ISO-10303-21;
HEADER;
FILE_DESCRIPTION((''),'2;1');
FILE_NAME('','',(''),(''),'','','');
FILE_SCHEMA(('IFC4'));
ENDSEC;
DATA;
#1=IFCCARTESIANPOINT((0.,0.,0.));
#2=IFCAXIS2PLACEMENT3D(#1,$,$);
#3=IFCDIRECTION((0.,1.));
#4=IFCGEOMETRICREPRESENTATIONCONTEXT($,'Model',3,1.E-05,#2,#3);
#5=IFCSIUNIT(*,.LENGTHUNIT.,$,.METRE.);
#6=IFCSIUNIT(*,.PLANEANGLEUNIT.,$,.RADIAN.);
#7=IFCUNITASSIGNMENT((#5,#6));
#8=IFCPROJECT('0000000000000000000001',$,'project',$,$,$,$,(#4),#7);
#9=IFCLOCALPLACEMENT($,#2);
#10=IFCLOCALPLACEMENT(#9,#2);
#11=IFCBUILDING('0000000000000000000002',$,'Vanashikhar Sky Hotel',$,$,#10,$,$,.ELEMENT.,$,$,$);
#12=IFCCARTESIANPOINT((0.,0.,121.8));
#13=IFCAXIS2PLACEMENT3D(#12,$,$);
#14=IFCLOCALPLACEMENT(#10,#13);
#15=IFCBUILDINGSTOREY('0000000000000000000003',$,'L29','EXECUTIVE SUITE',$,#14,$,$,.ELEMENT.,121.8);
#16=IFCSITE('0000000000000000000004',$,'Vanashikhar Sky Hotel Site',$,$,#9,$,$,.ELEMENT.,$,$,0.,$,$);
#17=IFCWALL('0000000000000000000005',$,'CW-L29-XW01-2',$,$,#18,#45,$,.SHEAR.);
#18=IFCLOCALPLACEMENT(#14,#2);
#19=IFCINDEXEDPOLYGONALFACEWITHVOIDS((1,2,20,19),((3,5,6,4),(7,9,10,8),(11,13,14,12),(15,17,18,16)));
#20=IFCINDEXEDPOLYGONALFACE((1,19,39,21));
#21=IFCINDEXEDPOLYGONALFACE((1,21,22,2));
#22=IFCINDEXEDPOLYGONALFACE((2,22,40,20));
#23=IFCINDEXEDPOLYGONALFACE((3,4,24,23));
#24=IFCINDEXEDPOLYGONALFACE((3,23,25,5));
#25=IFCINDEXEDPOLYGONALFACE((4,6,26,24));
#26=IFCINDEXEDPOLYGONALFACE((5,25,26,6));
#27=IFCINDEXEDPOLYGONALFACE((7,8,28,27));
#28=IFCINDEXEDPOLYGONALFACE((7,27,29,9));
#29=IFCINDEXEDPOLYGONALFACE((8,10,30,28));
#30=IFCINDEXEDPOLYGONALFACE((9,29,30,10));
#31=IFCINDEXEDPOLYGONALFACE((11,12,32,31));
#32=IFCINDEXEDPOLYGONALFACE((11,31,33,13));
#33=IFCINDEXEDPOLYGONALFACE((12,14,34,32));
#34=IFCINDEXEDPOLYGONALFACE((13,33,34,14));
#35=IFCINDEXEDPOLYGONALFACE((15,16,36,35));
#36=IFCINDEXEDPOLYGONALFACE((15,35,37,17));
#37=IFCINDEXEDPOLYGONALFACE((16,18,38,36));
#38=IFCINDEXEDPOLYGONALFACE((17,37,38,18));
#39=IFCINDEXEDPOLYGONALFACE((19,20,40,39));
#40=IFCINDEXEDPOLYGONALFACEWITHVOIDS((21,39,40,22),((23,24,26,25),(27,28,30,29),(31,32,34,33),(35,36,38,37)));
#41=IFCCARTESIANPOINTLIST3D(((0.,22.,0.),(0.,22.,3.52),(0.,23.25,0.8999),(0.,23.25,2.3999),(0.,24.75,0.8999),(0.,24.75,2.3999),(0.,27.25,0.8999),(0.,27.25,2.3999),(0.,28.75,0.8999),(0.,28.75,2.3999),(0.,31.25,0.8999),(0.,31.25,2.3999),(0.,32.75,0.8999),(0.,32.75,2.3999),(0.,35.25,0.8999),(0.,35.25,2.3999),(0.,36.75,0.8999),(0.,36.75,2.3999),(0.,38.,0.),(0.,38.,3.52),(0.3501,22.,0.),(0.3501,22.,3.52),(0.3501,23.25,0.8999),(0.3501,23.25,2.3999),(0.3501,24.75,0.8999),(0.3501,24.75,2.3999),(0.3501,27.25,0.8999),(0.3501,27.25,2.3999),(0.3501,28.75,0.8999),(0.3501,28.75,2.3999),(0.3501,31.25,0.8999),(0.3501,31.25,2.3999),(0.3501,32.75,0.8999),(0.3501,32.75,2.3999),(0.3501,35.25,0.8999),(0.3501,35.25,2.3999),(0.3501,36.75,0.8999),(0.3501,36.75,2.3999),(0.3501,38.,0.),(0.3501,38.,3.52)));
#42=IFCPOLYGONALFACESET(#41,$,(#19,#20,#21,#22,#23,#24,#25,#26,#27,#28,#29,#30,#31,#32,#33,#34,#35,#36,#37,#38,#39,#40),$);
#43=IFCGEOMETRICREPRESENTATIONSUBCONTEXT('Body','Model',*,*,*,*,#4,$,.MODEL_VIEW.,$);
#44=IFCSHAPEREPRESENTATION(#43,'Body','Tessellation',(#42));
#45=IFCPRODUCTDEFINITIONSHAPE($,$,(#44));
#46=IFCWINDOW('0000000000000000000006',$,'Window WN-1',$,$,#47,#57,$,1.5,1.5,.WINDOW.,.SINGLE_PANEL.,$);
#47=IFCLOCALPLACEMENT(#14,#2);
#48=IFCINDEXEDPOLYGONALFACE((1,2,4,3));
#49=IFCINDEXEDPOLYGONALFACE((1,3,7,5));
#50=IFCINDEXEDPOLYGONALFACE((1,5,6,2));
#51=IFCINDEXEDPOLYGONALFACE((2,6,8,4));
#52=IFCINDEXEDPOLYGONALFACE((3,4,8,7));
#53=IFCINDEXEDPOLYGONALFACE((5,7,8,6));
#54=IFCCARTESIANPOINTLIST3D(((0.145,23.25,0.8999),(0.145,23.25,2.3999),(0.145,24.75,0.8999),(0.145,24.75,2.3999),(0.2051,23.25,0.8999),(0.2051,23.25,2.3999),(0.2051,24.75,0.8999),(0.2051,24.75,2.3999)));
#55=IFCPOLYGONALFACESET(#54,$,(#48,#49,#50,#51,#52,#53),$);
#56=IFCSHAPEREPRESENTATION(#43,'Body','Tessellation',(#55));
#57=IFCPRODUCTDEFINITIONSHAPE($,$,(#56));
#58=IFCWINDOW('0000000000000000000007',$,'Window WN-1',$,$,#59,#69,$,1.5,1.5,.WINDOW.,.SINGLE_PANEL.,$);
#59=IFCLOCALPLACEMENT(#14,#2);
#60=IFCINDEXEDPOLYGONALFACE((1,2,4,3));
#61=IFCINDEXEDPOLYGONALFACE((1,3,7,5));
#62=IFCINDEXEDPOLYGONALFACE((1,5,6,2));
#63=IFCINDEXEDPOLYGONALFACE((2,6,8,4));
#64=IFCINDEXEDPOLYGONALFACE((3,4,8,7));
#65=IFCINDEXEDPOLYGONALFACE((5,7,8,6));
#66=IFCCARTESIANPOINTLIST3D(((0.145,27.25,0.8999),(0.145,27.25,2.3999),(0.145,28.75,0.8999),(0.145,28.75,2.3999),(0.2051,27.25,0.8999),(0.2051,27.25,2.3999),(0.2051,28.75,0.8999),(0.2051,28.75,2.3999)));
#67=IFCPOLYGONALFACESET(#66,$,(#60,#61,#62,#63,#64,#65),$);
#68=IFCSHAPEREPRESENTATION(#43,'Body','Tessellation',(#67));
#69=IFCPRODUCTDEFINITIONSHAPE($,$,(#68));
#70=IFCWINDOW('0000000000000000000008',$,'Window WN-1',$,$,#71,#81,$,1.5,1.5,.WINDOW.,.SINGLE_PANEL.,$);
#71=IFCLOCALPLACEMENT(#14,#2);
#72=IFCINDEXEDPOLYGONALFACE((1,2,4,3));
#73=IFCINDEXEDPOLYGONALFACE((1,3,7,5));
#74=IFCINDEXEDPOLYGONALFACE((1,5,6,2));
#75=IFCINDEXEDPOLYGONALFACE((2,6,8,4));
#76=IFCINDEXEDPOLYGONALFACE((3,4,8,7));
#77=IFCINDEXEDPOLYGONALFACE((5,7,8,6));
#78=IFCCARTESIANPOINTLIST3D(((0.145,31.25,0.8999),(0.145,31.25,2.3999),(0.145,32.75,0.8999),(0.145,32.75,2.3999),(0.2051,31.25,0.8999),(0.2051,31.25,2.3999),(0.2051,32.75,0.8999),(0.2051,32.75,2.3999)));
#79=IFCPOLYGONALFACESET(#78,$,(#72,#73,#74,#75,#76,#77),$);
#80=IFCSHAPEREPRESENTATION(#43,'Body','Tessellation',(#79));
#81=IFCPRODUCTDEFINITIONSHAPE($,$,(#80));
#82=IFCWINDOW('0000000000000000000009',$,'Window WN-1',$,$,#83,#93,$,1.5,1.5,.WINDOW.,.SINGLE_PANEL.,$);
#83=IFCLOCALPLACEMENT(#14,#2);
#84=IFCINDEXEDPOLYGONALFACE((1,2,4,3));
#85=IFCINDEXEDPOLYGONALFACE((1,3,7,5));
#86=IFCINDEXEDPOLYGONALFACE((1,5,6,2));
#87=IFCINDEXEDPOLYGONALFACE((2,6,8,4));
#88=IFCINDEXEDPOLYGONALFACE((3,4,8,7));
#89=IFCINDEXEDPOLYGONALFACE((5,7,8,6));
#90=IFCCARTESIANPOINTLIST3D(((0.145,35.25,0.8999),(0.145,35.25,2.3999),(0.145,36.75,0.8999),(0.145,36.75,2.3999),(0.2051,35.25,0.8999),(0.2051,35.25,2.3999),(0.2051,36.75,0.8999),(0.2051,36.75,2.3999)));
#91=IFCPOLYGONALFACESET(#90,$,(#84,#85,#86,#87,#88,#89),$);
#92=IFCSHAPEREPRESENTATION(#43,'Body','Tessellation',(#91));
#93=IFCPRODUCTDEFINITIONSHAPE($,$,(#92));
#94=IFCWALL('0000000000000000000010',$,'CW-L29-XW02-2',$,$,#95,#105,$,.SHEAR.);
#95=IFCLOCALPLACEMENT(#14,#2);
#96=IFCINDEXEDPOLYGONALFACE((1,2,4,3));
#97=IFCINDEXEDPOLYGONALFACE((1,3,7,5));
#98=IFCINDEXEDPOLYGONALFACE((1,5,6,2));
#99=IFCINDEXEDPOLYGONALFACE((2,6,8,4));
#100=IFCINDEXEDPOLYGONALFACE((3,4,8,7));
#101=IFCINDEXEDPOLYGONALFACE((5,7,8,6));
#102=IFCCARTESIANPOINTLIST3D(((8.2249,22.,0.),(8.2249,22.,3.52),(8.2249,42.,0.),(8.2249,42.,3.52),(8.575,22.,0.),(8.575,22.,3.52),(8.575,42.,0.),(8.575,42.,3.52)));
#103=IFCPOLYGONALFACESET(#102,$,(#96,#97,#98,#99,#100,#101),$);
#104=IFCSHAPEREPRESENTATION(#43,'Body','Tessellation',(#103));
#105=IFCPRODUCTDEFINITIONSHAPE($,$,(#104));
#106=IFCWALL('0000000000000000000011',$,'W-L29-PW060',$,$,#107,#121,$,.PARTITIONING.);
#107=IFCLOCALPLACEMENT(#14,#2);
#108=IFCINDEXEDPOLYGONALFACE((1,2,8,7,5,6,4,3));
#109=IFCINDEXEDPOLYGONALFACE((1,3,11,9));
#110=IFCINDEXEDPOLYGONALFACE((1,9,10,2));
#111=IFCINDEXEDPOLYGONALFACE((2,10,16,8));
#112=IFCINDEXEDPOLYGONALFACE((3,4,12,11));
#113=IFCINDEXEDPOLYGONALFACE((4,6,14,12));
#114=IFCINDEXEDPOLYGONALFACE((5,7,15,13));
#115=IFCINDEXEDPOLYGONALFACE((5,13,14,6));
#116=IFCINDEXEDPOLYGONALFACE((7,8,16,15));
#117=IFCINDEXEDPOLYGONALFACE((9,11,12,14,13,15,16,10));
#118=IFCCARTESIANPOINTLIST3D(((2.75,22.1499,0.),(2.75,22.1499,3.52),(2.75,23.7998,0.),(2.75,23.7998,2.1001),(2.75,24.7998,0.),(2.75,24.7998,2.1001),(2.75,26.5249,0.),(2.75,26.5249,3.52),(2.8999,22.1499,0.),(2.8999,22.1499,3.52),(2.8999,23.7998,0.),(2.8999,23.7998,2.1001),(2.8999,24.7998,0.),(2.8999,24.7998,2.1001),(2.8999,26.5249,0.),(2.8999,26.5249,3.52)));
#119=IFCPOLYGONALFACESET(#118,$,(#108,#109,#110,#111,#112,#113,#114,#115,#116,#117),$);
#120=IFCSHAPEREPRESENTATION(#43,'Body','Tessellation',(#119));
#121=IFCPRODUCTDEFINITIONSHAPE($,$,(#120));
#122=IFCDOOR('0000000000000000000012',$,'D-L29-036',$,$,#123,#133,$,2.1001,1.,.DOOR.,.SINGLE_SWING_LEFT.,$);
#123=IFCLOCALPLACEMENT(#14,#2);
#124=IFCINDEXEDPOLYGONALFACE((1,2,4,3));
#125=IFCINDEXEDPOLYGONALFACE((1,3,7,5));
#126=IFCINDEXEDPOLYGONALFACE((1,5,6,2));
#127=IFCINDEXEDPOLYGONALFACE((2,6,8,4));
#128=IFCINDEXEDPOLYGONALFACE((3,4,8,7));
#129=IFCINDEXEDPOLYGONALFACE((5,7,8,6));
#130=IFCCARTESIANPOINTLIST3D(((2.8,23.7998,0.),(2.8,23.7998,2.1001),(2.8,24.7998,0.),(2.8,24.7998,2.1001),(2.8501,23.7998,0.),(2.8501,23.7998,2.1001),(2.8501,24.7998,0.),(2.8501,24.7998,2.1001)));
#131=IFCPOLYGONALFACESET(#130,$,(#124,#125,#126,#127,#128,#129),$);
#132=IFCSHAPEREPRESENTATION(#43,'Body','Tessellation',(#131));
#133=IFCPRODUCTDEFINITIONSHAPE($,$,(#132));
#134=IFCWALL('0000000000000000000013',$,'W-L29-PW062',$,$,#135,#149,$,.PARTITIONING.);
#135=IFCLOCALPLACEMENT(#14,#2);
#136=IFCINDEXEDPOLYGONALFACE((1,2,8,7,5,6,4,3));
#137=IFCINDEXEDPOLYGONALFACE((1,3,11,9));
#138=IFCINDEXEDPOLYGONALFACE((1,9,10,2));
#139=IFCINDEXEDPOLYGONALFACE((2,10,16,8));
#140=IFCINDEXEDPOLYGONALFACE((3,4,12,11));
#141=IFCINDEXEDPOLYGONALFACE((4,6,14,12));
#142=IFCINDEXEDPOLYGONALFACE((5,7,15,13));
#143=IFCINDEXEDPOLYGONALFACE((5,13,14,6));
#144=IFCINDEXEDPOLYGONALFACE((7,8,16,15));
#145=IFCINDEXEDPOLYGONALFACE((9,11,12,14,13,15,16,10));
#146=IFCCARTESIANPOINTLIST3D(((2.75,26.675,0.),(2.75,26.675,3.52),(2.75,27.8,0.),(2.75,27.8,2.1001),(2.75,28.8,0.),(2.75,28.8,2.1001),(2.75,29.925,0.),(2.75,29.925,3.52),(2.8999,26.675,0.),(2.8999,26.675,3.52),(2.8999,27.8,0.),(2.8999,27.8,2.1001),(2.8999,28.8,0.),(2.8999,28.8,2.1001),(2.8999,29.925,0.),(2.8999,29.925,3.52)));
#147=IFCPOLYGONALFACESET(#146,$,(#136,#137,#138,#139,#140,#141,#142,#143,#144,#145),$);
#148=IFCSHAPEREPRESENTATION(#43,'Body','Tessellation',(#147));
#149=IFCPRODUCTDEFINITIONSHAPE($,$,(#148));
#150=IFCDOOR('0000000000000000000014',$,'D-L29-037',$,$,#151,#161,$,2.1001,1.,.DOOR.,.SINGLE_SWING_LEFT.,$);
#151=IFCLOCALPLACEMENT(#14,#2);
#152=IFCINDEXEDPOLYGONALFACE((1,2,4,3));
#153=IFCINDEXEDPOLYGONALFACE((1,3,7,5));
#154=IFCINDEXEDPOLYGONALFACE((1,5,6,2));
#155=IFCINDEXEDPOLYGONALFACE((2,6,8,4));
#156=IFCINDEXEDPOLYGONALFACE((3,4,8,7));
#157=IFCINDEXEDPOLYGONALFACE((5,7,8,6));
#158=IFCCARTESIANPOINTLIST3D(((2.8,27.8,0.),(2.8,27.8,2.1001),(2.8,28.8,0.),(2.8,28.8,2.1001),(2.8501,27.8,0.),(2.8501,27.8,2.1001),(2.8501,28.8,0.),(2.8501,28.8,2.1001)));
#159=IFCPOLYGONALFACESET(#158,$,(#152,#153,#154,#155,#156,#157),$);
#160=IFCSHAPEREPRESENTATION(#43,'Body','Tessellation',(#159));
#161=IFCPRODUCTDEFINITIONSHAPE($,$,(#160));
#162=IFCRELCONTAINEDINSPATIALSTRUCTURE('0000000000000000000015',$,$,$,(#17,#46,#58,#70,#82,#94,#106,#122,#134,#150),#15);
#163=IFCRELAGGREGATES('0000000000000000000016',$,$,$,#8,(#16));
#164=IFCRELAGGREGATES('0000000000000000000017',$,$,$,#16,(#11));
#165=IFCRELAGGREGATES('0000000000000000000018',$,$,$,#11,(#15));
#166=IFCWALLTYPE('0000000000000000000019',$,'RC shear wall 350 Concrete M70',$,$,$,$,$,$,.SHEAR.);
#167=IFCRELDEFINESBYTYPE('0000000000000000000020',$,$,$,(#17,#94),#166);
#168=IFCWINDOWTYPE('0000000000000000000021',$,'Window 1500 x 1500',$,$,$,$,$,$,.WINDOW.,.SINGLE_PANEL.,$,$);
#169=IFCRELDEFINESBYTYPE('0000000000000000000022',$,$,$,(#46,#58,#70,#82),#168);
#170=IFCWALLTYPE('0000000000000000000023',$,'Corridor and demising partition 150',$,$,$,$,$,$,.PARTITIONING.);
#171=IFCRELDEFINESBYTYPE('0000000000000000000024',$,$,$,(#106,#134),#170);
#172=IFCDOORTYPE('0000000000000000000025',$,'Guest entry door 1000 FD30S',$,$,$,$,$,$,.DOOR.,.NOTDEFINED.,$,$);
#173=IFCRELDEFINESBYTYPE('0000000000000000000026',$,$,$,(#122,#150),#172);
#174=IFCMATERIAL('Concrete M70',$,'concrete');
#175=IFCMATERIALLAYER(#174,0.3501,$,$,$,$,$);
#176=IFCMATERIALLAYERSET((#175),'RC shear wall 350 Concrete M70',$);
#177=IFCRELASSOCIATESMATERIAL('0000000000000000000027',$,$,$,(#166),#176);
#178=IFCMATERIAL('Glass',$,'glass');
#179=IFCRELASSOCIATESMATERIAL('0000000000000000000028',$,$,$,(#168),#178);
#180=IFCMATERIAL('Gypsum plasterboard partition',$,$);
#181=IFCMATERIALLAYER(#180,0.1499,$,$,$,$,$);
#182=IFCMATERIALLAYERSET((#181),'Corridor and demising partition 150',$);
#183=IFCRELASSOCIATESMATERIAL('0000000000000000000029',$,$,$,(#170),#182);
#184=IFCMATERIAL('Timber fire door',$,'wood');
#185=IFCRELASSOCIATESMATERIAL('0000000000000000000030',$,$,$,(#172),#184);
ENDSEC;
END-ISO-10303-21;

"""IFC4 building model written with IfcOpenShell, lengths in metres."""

from ifc_helpers import new_model, si_unit, direction, frame, frame_2d, origin, place, context, subcontext, project, spatial, rectangle, extrude, source, transform, mapped, material, layer, layer_set, type_object, element, fill, save


model = new_model("IFC4")

# Units and contexts
model_context = context("Model", 3, precision=1e-05, world=origin(), true_north=direction((0.0, 1.0)))
body_context = subcontext(model_context, "Body", "Model", "MODEL_VIEW")
ifc_project = project(units=[si_unit("LENGTHUNIT", "METRE"), si_unit("PLANEANGLEUNIT", "RADIAN")], contexts=[model_context])

# Site, building, storey
site_placement = place(None, origin())
site = spatial("IfcSite", under=ifc_project, at=site_placement, Name="Vanashikhar Sky Hotel Site", CompositionType="ELEMENT", RefElevation=0.0)
building_placement = place(site_placement, origin())
building = spatial("IfcBuilding", under=site, at=building_placement, Name="Vanashikhar Sky Hotel", CompositionType="ELEMENT")
storey_placement = place(building_placement, frame((0.0, 0.0, 121.8)))
storey = spatial("IfcBuildingStorey", under=building, at=storey_placement, Name="L29", Description="EXECUTIVE SUITE", CompositionType="ELEMENT", Elevation=121.8)

# Wall, openings, windows
ifc_material_1 = material(Name="Concrete M70", Category="concrete")
ifc_layer_1 = layer(ifc_material_1, 0.3501)
ifc_layer_set_1 = layer_set([ifc_layer_1], Name="RC shear wall 350 Concrete M70")
wall_type_1 = type_object("IfcWallType", Name="RC shear wall 350 Concrete M70", PredefinedType="SHEAR", material=ifc_layer_set_1)
shared_shape_1 = source(origin(), body_context, "Body", "SweptSolid", [
    extrude(rectangle(XDim=16.0, YDim=0.3501, at=frame_2d((8.0, 0.0))), origin(), (0.0, 0.0, 1.0), 3.52),
])
wall_1_placement = place(storey_placement, frame((0.175, 22.0, 0.0), z_axis=(0.0, 0.0, 1.0), x_axis=(0.0, 1.0, 0.0)))
wall_1 = element("IfcWall", 1, at=wall_1_placement, inside=storey, type_object=wall_type_1, Name="CW-L29-XW01-2", PredefinedType="SHEAR", context=body_context, shape_type="MappedRepresentation", body=[
    mapped(shared_shape_1, transform((0.0, 0.0, 0.0), scale=1.0)),
])
shared_shape_2 = source(origin(), body_context, "Body", "SweptSolid", [
    extrude(rectangle(XDim=1.5, YDim=1.5, at=frame_2d((0.75, 0.75))), frame((0.0, 0.1851, 0.0), z_axis=(0.0, -1.0, 0.0), x_axis=(1.0, 0.0, 0.0)), (0.0, 0.0, 1.0), 0.3701),
])
opening_1_placement = place(wall_1_placement, frame((1.25, 0.0, 0.8999)))
opening_1 = element("IfcOpeningElement", 2, at=opening_1_placement, cuts=wall_1, PredefinedType="OPENING", context=body_context, shape_type="MappedRepresentation", body=[
    mapped(shared_shape_2, transform((0.0, 0.0, 0.0), scale=1.0)),
])
opening_2_placement = place(wall_1_placement, frame((5.25, 0.0, 0.8999)))
opening_2 = element("IfcOpeningElement", 3, at=opening_2_placement, cuts=wall_1, PredefinedType="OPENING", context=body_context, shape_type="MappedRepresentation", body=[
    mapped(shared_shape_2, transform((0.0, 0.0, 0.0), scale=1.0)),
])
opening_3_placement = place(wall_1_placement, frame((9.25, 0.0, 0.8999)))
opening_3 = element("IfcOpeningElement", 4, at=opening_3_placement, cuts=wall_1, PredefinedType="OPENING", context=body_context, shape_type="MappedRepresentation", body=[
    mapped(shared_shape_2, transform((0.0, 0.0, 0.0), scale=1.0)),
])
opening_4_placement = place(wall_1_placement, frame((13.25, 0.0, 0.8999)))
opening_4 = element("IfcOpeningElement", 5, at=opening_4_placement, cuts=wall_1, PredefinedType="OPENING", context=body_context, shape_type="MappedRepresentation", body=[
    mapped(shared_shape_2, transform((0.0, 0.0, 0.0), scale=1.0)),
])
ifc_material_2 = material(Name="Glass", Category="glass")
window_type = type_object("IfcWindowType", Name="Window 1500 x 1500", PartitioningType="SINGLE_PANEL", PredefinedType="WINDOW", material=ifc_material_2)
shared_shape_3 = source(origin(), body_context, "Body", "SweptSolid", [
    extrude(rectangle(XDim=1.5, YDim=1.5, at=frame_2d((0.75, 0.75))), frame((0.0, 0.03, 0.0), z_axis=(0.0, -1.0, 0.0), x_axis=(1.0, 0.0, 0.0)), (0.0, 0.0, 1.0), 0.0601),
])
window_1_placement = place(opening_1_placement, origin())
window_1 = element("IfcWindow", 6, at=window_1_placement, inside=storey, type_object=window_type, Name="Window WN-1", OverallHeight=1.5, OverallWidth=1.5, PartitioningType="SINGLE_PANEL", PredefinedType="WINDOW", context=body_context, shape_type="MappedRepresentation", body=[
    mapped(shared_shape_3, transform((0.0, 0.0, 0.0), scale=1.0)),
])
fill(opening_1, window_1)
window_2_placement = place(opening_2_placement, origin())
window_2 = element("IfcWindow", 7, at=window_2_placement, inside=storey, type_object=window_type, Name="Window WN-1", OverallHeight=1.5, OverallWidth=1.5, PartitioningType="SINGLE_PANEL", PredefinedType="WINDOW", context=body_context, shape_type="MappedRepresentation", body=[
    mapped(shared_shape_3, transform((0.0, 0.0, 0.0), scale=1.0)),
])
fill(opening_2, window_2)
window_3_placement = place(opening_3_placement, origin())
window_3 = element("IfcWindow", 8, at=window_3_placement, inside=storey, type_object=window_type, Name="Window WN-1", OverallHeight=1.5, OverallWidth=1.5, PartitioningType="SINGLE_PANEL", PredefinedType="WINDOW", context=body_context, shape_type="MappedRepresentation", body=[
    mapped(shared_shape_3, transform((0.0, 0.0, 0.0), scale=1.0)),
])
fill(opening_3, window_3)
window_4_placement = place(opening_4_placement, origin())
window_4 = element("IfcWindow", 9, at=window_4_placement, inside=storey, type_object=window_type, Name="Window WN-1", OverallHeight=1.5, OverallWidth=1.5, PartitioningType="SINGLE_PANEL", PredefinedType="WINDOW", context=body_context, shape_type="MappedRepresentation", body=[
    mapped(shared_shape_3, transform((0.0, 0.0, 0.0), scale=1.0)),
])
fill(opening_4, window_4)

# Wall
shared_shape_4 = source(origin(), body_context, "Body", "SweptSolid", [
    extrude(rectangle(XDim=20.0, YDim=0.3501, at=frame_2d((10.0, 0.0))), origin(), (0.0, 0.0, 1.0), 3.52),
])
wall_2_placement = place(storey_placement, frame((8.3999, 22.0, 0.0), z_axis=(0.0, 0.0, 1.0), x_axis=(0.0, 1.0, 0.0)))
element("IfcWall", 10, at=wall_2_placement, inside=storey, type_object=wall_type_1, Name="CW-L29-XW02-2", PredefinedType="SHEAR", context=body_context, shape_type="MappedRepresentation", body=[
    mapped(shared_shape_4, transform((0.0, 0.0, 0.0), scale=1.0)),
])

# Walls, openings, doors
ifc_material_3 = material(Name="Gypsum plasterboard partition")
ifc_layer_2 = layer(ifc_material_3, 0.1499)
ifc_layer_set_2 = layer_set([ifc_layer_2], Name="Corridor and demising partition 150")
wall_type_2 = type_object("IfcWallType", Name="Corridor and demising partition 150", PredefinedType="PARTITIONING", material=ifc_layer_set_2)
shared_shape_5 = source(origin(), body_context, "Body", "SweptSolid", [
    extrude(rectangle(XDim=4.375, YDim=0.1499, at=frame_2d((2.1875, 0.0))), origin(), (0.0, 0.0, 1.0), 3.52),
])
wall_3_placement = place(storey_placement, frame((2.825, 22.1499, 0.0), z_axis=(0.0, 0.0, 1.0), x_axis=(0.0, 1.0, 0.0)))
wall_3 = element("IfcWall", 11, at=wall_3_placement, inside=storey, type_object=wall_type_2, Name="W-L29-PW060", PredefinedType="PARTITIONING", context=body_context, shape_type="MappedRepresentation", body=[
    mapped(shared_shape_5, transform((0.0, 0.0, 0.0), scale=1.0)),
])
shared_shape_6 = source(origin(), body_context, "Body", "SweptSolid", [
    extrude(rectangle(XDim=1.0, YDim=2.1001, at=frame_2d((0.5, 1.05))), frame((0.0, 0.085, 0.0), z_axis=(0.0, -1.0, 0.0), x_axis=(1.0, 0.0, 0.0)), (0.0, 0.0, 1.0), 0.1699),
])
opening_5_placement = place(wall_3_placement, frame((1.6499, 0.0, 0.0)))
opening_5 = element("IfcOpeningElement", 12, at=opening_5_placement, cuts=wall_3, PredefinedType="OPENING", context=body_context, shape_type="MappedRepresentation", body=[
    mapped(shared_shape_6, transform((0.0, 0.0, 0.0), scale=1.0)),
])
ifc_material_4 = material(Name="Timber fire door", Category="wood")
door_type_1 = type_object("IfcDoorType", Name="Guest entry door 1000 FD30S", OperationType="NOTDEFINED", PredefinedType="DOOR", material=ifc_material_4)
shared_shape_7 = source(origin(), body_context, "Body", "SweptSolid", [
    extrude(rectangle(XDim=1.0, YDim=2.1001, at=frame_2d((0.5, 1.05))), frame((0.0, 0.0249, 0.0), z_axis=(0.0, -1.0, 0.0), x_axis=(1.0, 0.0, 0.0)), (0.0, 0.0, 1.0), 0.05),
])
door_1_placement = place(opening_5_placement, origin())
door_1 = element("IfcDoor", 13, at=door_1_placement, inside=storey, type_object=door_type_1, Name="D-L29-036", OperationType="SINGLE_SWING_LEFT", OverallHeight=2.1001, OverallWidth=1.0, PredefinedType="DOOR", context=body_context, shape_type="MappedRepresentation", body=[
    mapped(shared_shape_7, transform((0.0, 0.0, 0.0), scale=1.0)),
])
fill(opening_5, door_1)
shared_shape_8 = source(origin(), body_context, "Body", "SweptSolid", [
    extrude(rectangle(XDim=3.25, YDim=0.1499, at=frame_2d((1.625, 0.0))), origin(), (0.0, 0.0, 1.0), 3.52),
])
wall_4_placement = place(storey_placement, frame((2.825, 26.675, 0.0), z_axis=(0.0, 0.0, 1.0), x_axis=(0.0, 1.0, 0.0)))
wall_4 = element("IfcWall", 14, at=wall_4_placement, inside=storey, type_object=wall_type_2, Name="W-L29-PW062", PredefinedType="PARTITIONING", context=body_context, shape_type="MappedRepresentation", body=[
    mapped(shared_shape_8, transform((0.0, 0.0, 0.0), scale=1.0)),
])
opening_6_placement = place(wall_4_placement, frame((1.125, 0.0, 0.0)))
opening_6 = element("IfcOpeningElement", 15, at=opening_6_placement, cuts=wall_4, PredefinedType="OPENING", context=body_context, shape_type="MappedRepresentation", body=[
    mapped(shared_shape_6, transform((0.0, 0.0, 0.0), scale=1.0)),
])
door_2_placement = place(opening_6_placement, origin())
door_2 = element("IfcDoor", 16, at=door_2_placement, inside=storey, type_object=door_type_1, Name="D-L29-037", OperationType="SINGLE_SWING_LEFT", OverallHeight=2.1001, OverallWidth=1.0, PredefinedType="DOOR", context=body_context, shape_type="MappedRepresentation", body=[
    mapped(shared_shape_7, transform((0.0, 0.0, 0.0), scale=1.0)),
])
fill(opening_6, door_2)

save(model, "model.ifc")
